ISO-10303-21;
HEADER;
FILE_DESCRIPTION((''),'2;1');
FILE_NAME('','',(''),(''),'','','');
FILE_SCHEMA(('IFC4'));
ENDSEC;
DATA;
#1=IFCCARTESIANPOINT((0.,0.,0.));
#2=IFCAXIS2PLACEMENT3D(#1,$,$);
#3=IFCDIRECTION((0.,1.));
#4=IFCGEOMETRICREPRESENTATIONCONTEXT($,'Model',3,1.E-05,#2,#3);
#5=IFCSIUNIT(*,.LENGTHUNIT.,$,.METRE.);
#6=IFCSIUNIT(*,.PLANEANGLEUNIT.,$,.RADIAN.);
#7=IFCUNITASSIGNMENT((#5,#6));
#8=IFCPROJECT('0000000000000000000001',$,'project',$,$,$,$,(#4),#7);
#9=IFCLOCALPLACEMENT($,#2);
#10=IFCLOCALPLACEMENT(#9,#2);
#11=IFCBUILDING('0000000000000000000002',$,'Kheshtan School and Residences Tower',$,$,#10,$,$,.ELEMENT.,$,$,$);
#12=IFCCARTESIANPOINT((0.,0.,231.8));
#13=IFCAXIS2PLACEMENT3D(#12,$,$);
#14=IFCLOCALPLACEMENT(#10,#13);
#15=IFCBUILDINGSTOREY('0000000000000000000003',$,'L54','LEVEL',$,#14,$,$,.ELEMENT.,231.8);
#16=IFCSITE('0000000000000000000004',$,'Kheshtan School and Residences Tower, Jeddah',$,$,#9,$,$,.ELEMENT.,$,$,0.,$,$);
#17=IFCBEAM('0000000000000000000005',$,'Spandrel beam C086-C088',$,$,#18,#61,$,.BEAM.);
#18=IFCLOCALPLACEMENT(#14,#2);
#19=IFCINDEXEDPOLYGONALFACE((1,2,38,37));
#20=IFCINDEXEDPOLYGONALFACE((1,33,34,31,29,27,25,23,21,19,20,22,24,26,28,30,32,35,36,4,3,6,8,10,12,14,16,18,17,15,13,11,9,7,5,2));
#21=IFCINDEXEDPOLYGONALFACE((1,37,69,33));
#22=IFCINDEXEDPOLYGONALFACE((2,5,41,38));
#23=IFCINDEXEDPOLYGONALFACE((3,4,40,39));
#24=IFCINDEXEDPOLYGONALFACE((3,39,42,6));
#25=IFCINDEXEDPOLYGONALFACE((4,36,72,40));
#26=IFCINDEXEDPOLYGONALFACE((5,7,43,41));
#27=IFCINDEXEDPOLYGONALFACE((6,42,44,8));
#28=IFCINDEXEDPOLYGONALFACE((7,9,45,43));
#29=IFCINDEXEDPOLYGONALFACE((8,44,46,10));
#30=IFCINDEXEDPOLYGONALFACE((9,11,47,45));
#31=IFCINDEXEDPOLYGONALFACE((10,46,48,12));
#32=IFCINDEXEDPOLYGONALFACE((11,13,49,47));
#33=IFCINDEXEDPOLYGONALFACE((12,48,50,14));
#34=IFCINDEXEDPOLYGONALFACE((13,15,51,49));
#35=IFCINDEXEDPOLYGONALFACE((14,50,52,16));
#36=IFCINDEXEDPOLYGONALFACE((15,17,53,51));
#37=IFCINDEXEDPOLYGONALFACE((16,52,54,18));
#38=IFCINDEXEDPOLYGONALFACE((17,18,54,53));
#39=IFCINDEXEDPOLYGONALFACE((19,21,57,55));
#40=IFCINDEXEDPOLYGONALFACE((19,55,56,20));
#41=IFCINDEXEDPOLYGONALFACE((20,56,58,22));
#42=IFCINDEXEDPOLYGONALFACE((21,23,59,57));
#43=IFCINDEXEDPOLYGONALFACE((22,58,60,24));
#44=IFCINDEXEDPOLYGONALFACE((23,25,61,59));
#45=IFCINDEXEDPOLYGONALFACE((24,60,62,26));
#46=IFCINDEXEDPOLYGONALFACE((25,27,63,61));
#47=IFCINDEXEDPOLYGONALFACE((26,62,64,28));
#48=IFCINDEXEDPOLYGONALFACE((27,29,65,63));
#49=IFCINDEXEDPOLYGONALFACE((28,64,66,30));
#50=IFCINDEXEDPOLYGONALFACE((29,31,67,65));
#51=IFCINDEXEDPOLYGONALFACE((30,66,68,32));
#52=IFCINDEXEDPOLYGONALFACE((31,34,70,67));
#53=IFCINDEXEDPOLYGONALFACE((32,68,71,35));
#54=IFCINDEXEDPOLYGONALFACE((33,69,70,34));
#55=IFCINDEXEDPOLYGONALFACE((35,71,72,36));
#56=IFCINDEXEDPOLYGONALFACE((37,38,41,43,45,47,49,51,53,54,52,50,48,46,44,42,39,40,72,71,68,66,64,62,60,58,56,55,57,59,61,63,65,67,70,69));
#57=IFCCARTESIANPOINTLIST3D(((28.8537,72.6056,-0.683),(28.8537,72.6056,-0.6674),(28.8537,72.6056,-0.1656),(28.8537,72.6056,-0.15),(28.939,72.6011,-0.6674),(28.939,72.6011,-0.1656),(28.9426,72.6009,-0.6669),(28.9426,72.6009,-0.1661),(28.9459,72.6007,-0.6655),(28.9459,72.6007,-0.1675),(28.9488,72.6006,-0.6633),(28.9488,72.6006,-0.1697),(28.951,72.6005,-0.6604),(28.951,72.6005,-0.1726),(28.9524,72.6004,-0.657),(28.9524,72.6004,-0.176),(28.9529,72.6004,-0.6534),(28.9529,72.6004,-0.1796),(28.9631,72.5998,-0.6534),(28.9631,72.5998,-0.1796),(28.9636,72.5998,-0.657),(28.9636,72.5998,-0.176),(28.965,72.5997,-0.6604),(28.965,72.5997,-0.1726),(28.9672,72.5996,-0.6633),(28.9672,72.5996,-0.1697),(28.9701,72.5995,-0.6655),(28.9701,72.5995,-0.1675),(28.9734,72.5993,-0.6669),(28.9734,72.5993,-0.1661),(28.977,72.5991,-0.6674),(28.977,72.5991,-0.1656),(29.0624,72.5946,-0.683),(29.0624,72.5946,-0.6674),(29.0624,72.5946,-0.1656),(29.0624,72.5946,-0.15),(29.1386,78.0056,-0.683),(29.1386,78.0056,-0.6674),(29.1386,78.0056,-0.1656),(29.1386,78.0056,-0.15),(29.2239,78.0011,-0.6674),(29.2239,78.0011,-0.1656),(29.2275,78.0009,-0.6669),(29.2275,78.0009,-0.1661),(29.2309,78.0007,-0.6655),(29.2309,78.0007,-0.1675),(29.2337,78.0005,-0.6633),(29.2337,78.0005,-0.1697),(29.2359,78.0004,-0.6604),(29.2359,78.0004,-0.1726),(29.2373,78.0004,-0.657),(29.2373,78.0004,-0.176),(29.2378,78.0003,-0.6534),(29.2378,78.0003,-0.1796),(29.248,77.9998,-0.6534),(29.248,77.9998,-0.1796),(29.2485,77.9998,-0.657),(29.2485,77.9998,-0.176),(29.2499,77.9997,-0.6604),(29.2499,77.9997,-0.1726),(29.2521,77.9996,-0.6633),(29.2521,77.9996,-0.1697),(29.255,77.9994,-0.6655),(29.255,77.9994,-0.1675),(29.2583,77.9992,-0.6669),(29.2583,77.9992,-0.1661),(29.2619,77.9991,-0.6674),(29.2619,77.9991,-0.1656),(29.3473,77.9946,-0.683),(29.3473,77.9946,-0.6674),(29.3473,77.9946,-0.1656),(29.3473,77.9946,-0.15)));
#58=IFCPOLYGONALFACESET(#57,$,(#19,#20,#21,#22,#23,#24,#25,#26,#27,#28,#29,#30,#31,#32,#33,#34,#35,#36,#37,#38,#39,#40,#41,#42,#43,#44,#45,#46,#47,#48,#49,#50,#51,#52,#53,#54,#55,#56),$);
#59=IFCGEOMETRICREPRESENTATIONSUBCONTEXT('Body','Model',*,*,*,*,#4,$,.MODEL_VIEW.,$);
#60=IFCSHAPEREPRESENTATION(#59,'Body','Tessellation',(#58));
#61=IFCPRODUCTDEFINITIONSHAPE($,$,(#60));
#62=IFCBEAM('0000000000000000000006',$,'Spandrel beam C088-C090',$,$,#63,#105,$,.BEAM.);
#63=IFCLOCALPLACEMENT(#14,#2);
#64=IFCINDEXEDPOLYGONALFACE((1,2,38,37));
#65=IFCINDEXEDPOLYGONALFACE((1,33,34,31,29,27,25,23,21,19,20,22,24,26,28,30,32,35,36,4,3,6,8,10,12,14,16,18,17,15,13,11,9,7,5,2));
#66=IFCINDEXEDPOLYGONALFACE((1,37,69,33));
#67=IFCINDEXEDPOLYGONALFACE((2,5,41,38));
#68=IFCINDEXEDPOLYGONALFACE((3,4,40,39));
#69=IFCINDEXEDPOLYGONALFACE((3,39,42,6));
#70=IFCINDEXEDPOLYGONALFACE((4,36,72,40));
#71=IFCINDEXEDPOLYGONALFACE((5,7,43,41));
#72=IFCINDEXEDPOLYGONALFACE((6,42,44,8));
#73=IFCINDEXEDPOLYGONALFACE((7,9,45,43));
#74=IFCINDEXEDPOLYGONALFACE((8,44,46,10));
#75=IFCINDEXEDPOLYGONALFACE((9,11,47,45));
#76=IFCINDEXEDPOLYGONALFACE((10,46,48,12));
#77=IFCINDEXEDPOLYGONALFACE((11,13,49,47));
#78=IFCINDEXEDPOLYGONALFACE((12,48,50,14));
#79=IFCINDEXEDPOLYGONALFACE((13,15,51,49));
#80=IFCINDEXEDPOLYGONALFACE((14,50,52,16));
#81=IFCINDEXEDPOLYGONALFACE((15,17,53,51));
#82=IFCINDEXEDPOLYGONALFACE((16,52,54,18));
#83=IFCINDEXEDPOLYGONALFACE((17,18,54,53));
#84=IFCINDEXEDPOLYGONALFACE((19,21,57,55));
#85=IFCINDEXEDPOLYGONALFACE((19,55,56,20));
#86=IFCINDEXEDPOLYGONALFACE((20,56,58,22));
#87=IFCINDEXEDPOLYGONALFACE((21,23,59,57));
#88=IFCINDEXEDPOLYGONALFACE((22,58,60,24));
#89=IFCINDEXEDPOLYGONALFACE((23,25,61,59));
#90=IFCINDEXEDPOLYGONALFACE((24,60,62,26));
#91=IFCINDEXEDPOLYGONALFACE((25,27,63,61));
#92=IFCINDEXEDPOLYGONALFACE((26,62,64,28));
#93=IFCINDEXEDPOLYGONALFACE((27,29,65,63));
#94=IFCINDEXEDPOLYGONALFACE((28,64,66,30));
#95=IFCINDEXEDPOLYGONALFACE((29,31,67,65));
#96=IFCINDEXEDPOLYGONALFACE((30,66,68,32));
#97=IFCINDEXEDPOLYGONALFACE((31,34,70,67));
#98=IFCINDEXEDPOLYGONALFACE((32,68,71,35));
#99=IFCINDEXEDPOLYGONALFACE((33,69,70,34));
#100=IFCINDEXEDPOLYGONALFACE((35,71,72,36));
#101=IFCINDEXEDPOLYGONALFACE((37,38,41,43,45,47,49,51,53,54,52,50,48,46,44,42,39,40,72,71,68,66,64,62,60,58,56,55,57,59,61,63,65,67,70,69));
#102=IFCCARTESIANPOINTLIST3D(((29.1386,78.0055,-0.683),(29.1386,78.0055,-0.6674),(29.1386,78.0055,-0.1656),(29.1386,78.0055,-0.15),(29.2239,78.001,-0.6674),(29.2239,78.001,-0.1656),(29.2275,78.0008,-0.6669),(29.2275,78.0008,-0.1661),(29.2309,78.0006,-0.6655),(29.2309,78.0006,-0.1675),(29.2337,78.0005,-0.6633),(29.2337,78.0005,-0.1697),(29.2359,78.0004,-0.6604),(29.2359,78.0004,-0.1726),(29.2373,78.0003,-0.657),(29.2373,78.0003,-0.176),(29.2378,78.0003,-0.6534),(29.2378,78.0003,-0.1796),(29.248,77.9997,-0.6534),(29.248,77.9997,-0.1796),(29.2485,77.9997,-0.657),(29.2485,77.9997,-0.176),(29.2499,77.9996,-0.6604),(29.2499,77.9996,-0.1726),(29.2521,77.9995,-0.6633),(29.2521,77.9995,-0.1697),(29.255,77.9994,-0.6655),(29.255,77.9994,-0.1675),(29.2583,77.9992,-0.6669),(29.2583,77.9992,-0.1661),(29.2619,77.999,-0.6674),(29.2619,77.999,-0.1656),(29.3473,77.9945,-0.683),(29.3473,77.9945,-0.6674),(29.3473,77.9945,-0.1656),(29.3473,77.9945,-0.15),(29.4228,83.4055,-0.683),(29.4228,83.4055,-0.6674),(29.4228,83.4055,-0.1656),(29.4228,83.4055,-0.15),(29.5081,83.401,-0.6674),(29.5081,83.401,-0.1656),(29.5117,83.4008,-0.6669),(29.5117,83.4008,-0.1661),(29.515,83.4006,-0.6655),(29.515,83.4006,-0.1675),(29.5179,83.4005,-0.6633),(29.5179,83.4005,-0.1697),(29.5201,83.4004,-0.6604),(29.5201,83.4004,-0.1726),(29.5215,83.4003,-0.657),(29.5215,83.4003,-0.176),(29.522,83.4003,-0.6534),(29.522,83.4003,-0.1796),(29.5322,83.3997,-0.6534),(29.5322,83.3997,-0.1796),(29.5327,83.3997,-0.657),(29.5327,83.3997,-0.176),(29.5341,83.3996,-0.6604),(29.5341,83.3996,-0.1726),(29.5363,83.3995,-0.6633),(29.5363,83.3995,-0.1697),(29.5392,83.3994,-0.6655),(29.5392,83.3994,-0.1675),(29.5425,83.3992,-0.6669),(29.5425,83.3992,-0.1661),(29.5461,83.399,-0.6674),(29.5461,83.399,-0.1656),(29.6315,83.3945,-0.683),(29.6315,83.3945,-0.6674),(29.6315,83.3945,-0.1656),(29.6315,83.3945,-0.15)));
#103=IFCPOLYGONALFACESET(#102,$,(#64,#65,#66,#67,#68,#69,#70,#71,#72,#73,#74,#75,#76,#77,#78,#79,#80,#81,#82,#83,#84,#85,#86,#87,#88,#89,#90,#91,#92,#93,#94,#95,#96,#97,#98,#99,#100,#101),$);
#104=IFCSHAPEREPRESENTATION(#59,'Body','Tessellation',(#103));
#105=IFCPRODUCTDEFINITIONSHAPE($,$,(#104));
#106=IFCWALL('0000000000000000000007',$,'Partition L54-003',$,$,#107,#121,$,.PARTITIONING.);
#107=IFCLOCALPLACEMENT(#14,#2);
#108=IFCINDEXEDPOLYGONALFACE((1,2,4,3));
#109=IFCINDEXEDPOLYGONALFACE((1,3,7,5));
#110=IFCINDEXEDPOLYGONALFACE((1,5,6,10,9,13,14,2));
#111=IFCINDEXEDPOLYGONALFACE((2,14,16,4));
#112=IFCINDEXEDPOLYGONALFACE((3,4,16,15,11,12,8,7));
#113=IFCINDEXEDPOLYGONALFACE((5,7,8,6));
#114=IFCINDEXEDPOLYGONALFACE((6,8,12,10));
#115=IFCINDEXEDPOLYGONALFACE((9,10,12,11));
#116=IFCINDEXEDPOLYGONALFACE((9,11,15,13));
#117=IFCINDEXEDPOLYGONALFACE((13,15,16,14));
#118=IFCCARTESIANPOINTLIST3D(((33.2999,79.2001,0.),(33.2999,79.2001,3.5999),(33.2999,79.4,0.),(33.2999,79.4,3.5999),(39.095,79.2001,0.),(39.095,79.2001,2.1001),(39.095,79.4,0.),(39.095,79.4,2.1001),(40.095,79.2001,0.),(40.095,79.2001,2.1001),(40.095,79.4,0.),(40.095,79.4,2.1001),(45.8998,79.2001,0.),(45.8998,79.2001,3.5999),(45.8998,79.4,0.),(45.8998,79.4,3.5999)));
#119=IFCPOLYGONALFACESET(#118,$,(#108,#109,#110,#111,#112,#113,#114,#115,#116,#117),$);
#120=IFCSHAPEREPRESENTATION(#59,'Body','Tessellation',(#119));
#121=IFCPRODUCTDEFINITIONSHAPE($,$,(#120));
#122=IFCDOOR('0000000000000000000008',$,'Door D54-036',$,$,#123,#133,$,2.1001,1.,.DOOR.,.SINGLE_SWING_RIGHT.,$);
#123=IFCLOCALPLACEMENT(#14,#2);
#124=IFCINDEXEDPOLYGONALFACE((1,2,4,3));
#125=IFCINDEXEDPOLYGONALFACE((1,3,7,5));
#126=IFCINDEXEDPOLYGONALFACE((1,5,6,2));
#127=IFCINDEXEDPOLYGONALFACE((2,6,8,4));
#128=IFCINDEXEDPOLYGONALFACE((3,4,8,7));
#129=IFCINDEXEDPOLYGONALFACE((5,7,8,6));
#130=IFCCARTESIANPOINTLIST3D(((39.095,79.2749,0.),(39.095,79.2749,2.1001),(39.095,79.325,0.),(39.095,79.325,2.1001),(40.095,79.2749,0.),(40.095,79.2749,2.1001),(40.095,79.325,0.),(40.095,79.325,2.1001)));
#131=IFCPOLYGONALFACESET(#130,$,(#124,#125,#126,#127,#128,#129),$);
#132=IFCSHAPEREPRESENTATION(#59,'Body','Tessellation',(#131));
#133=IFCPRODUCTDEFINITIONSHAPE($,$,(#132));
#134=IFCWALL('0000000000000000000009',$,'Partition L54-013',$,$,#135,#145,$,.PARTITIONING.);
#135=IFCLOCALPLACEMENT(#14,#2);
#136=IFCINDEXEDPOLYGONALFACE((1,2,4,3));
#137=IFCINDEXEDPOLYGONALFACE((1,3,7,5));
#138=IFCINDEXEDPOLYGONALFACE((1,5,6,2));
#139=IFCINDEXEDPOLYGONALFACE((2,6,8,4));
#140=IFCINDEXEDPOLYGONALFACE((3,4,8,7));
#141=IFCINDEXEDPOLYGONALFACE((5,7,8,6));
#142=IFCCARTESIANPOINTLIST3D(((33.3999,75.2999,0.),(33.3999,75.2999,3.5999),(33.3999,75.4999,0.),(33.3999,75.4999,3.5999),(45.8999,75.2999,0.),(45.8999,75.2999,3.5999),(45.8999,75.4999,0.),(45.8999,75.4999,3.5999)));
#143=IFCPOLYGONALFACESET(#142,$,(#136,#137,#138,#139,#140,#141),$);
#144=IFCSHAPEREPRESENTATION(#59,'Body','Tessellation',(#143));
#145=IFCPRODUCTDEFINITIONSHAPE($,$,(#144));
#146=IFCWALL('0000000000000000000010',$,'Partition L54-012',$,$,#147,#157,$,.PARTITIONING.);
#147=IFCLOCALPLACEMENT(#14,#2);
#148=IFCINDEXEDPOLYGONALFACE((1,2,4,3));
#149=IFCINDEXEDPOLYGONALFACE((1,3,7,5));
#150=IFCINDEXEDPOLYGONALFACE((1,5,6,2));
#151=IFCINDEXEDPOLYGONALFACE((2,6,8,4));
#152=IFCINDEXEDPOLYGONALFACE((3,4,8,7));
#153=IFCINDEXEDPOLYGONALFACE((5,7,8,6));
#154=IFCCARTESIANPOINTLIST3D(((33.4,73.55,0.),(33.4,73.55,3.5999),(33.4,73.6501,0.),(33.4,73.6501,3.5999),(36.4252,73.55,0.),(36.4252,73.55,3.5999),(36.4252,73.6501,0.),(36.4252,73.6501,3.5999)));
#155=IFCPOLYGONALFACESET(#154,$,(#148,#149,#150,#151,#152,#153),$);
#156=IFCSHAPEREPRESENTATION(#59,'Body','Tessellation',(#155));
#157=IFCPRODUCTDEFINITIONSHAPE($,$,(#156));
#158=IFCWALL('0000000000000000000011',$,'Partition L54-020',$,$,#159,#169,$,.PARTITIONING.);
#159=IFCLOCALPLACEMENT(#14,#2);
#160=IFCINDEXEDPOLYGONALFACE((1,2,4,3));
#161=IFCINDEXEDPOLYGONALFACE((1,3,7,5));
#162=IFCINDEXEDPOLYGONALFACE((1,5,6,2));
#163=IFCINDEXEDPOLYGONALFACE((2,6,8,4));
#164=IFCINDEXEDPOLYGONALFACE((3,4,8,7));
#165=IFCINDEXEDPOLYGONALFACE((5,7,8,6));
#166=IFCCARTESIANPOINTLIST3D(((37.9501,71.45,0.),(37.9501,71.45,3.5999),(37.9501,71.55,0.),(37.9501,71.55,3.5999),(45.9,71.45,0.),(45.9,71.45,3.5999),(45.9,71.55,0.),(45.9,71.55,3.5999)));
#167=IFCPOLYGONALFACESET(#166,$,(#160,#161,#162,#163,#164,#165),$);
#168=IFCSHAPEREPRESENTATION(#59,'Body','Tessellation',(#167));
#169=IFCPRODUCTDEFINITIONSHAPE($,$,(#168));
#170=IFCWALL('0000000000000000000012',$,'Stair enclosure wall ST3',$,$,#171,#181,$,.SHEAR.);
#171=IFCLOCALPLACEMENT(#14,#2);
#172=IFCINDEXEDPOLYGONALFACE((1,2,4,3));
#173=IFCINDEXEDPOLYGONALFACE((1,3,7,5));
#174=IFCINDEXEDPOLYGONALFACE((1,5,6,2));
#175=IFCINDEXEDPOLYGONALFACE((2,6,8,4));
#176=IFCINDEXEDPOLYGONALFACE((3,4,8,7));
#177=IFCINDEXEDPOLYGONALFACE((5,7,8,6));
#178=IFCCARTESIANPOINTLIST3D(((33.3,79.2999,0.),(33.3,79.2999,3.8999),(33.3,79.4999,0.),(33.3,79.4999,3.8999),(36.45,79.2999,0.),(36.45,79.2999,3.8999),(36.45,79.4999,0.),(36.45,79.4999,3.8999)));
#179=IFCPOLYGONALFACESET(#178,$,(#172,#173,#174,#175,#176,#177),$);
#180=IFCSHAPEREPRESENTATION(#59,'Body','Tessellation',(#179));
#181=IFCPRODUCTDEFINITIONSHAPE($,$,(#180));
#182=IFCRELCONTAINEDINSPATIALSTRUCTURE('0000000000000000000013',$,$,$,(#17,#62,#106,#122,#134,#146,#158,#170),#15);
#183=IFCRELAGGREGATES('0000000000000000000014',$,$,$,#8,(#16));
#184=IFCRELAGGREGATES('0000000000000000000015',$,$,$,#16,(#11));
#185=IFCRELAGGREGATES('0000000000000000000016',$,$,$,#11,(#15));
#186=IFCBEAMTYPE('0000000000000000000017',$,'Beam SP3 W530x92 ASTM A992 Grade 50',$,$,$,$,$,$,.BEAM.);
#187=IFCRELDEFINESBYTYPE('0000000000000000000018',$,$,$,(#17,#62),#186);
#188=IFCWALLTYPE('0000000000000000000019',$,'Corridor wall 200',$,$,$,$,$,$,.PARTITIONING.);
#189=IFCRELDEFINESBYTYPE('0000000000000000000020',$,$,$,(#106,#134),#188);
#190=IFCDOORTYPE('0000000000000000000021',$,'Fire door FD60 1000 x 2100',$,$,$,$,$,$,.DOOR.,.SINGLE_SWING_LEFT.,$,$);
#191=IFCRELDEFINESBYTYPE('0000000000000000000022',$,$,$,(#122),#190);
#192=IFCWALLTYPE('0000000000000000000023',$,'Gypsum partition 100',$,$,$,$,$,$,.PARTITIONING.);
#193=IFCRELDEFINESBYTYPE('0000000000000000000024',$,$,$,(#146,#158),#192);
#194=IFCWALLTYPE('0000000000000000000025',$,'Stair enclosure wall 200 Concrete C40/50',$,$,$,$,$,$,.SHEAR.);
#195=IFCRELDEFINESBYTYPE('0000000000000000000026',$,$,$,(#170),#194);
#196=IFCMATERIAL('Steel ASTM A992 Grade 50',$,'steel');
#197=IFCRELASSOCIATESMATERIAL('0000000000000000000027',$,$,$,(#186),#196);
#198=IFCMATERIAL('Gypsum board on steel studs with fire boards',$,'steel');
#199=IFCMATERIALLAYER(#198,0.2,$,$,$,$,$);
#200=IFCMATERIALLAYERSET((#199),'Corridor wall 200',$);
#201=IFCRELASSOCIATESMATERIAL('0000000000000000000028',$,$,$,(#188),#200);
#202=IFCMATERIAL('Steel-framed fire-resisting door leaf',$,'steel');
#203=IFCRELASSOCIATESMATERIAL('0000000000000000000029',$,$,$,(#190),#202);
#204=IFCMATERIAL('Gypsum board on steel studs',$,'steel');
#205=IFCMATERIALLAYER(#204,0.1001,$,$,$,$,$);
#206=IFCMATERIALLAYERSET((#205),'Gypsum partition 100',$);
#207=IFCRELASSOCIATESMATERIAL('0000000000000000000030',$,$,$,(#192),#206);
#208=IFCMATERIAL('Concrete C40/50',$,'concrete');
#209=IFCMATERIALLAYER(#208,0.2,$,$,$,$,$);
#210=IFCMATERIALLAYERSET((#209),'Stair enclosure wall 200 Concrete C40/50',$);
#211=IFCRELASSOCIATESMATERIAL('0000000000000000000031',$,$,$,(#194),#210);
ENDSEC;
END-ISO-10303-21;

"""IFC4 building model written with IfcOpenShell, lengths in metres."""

from ifc_helpers import new_model, si_unit, direction, frame, frame_2d, origin, origin_2d, place, context, subcontext, project, spatial, rectangle, i_section, extrude, source, transform, mapped, material, layer, layer_set, material_profile, profile_set, type_object, element, fill, save


model = new_model("IFC4")

# Units and contexts
model_context = context("Model", 3, precision=1e-05, world=origin(), true_north=direction((0.0, 1.0)))
body_context = subcontext(model_context, "Body", "Model", "MODEL_VIEW")
ifc_project = project(units=[si_unit("LENGTHUNIT", "METRE"), si_unit("PLANEANGLEUNIT", "RADIAN")], contexts=[model_context])

# Site, building, storey
site_placement = place(None, origin())
site = spatial("IfcSite", under=ifc_project, at=site_placement, Name="Kheshtan School and Residences Tower, Jeddah", CompositionType="ELEMENT", RefElevation=0.0)
building_placement = place(site_placement, origin())
building = spatial("IfcBuilding", under=site, at=building_placement, Name="Kheshtan School and Residences Tower", CompositionType="ELEMENT")
storey_placement = place(building_placement, frame((0.0, 0.0, 231.8)))
storey = spatial("IfcBuildingStorey", under=building, at=storey_placement, Name="L54", Description="LEVEL", CompositionType="ELEMENT", Elevation=231.8)

# Shared definitions
ifc_material_1 = material(Name="Steel ASTM A992 Grade 50", Category="steel")

# Beams
ifc_material_profile_1 = material_profile(ifc_material_1, i_section(OverallWidth=0.209, OverallDepth=0.533, WebThickness=0.0103, FlangeThickness=0.0156, FilletRadius=0.0139, at=origin_2d()), Name="W530x92")
ifc_profile_set_1 = profile_set([ifc_material_profile_1], Name="Steel ASTM A992 Grade 50")
beam_type_1 = type_object("IfcBeamType", Name="Beam SP3 W530x92 ASTM A992 Grade 50", PredefinedType="BEAM", material=ifc_profile_set_1)
for number, where, z_axis, x_axis, name in (
    (1, (28.958, 72.6001, -0.4165), (0.052689, 0.998611, 0.0), (-0.998611, 0.052689, 0.0), "Spandrel beam C086-C088"),
    (2, (29.2429, 78.0, -0.4165), (0.052554, 0.998618, 0.0), (-0.998618, 0.052554, 0.0), "Spandrel beam C088-C090"),
):
    element("IfcBeam", number, at=place(storey_placement, frame(where, z_axis=z_axis, x_axis=x_axis)), inside=storey, type_object=beam_type_1, Name=name, PredefinedType="BEAM", context=body_context, shape_type="SweptSolid", body=[
        extrude(i_section(OverallWidth=0.209, OverallDepth=0.533, WebThickness=0.0103, FlangeThickness=0.0156, FilletRadius=0.0139, at=origin_2d()), origin(), (0.0, 0.0, 1.0), 5.4075),
    ])

# Wall, opening, door
ifc_material_2 = material(Name="Gypsum board on steel studs with fire boards", Category="steel")
ifc_layer_1 = layer(ifc_material_2, 0.2)
ifc_layer_set_1 = layer_set([ifc_layer_1], Name="Corridor wall 200")
wall_type_1 = type_object("IfcWallType", Name="Corridor wall 200", PredefinedType="PARTITIONING", material=ifc_layer_set_1)
wall_1_placement = place(storey_placement, frame((33.3, 79.3, 0.0), z_axis=(0.0, 0.0, 1.0), x_axis=(1.0, 0.0, 0.0)))
wall_1 = element("IfcWall", 3, at=wall_1_placement, inside=storey, type_object=wall_type_1, Name="Partition L54-003", PredefinedType="PARTITIONING", context=body_context, shape_type="SweptSolid", body=[
    extrude(rectangle(XDim=12.5999, YDim=0.2, at=frame_2d((6.2998, 0.0))), origin(), (0.0, 0.0, 1.0), 3.5999),
])
opening_1_placement = place(wall_1_placement, frame((5.7949, 0.0, 0.0)))
opening_1 = element("IfcOpeningElement", 4, at=opening_1_placement, cuts=wall_1, PredefinedType="OPENING", context=body_context, shape_type="SweptSolid", body=[
    extrude(rectangle(XDim=1.0, YDim=2.1001, at=frame_2d((0.5, 1.05))), frame((0.0, 0.1099, 0.0), z_axis=(0.0, -1.0, 0.0), x_axis=(1.0, 0.0, 0.0)), (0.0, 0.0, 1.0), 0.22),
])
ifc_material_3 = material(Name="Steel-framed fire-resisting door leaf", Category="steel")
door_type_1 = type_object("IfcDoorType", Name="Fire door FD60 1000 x 2100", OperationType="SINGLE_SWING_LEFT", PredefinedType="DOOR", material=ifc_material_3)
shared_shape_1 = source(origin(), body_context, "Body", "SweptSolid", [
    extrude(rectangle(XDim=1.0, YDim=2.1001, at=frame_2d((0.5, 1.05))), frame((0.0, 0.0249, 0.0), z_axis=(0.0, -1.0, 0.0), x_axis=(1.0, 0.0, 0.0)), (0.0, 0.0, 1.0), 0.05),
])
door_1_placement = place(opening_1_placement, origin())
door_1 = element("IfcDoor", 5, at=door_1_placement, inside=storey, type_object=door_type_1, Name="Door D54-036", OperationType="SINGLE_SWING_RIGHT", OverallHeight=2.1001, OverallWidth=1.0, PredefinedType="DOOR", context=body_context, shape_type="MappedRepresentation", body=[
    mapped(shared_shape_1, transform((0.0, 0.0, 0.0), x_axis=(1.0, 0.0, 0.0), y_axis=(0.0, 1.0, 0.0), z_axis=(0.0, 0.0, 1.0), scale=1.0)),
])
fill(opening_1, door_1)

# Walls
wall_2_placement = place(storey_placement, frame((33.3999, 75.3999, 0.0), z_axis=(0.0, 0.0, 1.0), x_axis=(1.0, 0.0, 0.0)))
element("IfcWall", 6, at=wall_2_placement, inside=storey, type_object=wall_type_1, Name="Partition L54-013", PredefinedType="PARTITIONING", context=body_context, shape_type="SweptSolid", body=[
    extrude(rectangle(XDim=12.5, YDim=0.2, at=frame_2d((6.25, 0.0))), origin(), (0.0, 0.0, 1.0), 3.5999),
])
ifc_material_4 = material(Name="Gypsum board on steel studs", Category="steel")
ifc_layer_2 = layer(ifc_material_4, 0.1001)
ifc_layer_set_2 = layer_set([ifc_layer_2], Name="Gypsum partition 100")
wall_type_2 = type_object("IfcWallType", Name="Gypsum partition 100", PredefinedType="PARTITIONING", material=ifc_layer_set_2)
wall_3_placement = place(storey_placement, frame((33.3999, 73.6001, 0.0), z_axis=(0.0, 0.0, 1.0), x_axis=(1.0, 0.0, 0.0)))
element("IfcWall", 7, at=wall_3_placement, inside=storey, type_object=wall_type_2, Name="Partition L54-012", PredefinedType="PARTITIONING", context=body_context, shape_type="SweptSolid", body=[
    extrude(rectangle(XDim=3.0251, YDim=0.1001, at=frame_2d((1.5127, 0.0))), origin(), (0.0, 0.0, 1.0), 3.5999),
])
wall_4_placement = place(storey_placement, frame((37.95, 71.5, 0.0), z_axis=(0.0, 0.0, 1.0), x_axis=(1.0, 0.0, 0.0)))
element("IfcWall", 8, at=wall_4_placement, inside=storey, type_object=wall_type_2, Name="Partition L54-020", PredefinedType="PARTITIONING", context=body_context, shape_type="SweptSolid", body=[
    extrude(rectangle(XDim=7.95, YDim=0.1001, at=frame_2d((3.9751, 0.0))), origin(), (0.0, 0.0, 1.0), 3.5999),
])
ifc_material_5 = material(Name="Concrete C40/50", Category="concrete")
ifc_layer_3 = layer(ifc_material_5, 0.2)
ifc_layer_set_3 = layer_set([ifc_layer_3], Name="Stair enclosure wall 200 Concrete C40/50")
wall_type_3 = type_object("IfcWallType", Name="Stair enclosure wall 200 Concrete C40/50", PredefinedType="SHEAR", material=ifc_layer_set_3)
wall_5_placement = place(storey_placement, frame((33.3, 79.3999, 0.0), z_axis=(0.0, 0.0, 1.0), x_axis=(1.0, 0.0, 0.0)))
element("IfcWall", 9, at=wall_5_placement, inside=storey, type_object=wall_type_3, Name="Stair enclosure wall ST3", PredefinedType="SHEAR", context=body_context, shape_type="SweptSolid", body=[
    extrude(rectangle(XDim=3.1499, YDim=0.2, at=frame_2d((1.575, 0.0))), origin(), (0.0, 0.0, 1.0), 3.8999),
])

save(model, "model.ifc")
